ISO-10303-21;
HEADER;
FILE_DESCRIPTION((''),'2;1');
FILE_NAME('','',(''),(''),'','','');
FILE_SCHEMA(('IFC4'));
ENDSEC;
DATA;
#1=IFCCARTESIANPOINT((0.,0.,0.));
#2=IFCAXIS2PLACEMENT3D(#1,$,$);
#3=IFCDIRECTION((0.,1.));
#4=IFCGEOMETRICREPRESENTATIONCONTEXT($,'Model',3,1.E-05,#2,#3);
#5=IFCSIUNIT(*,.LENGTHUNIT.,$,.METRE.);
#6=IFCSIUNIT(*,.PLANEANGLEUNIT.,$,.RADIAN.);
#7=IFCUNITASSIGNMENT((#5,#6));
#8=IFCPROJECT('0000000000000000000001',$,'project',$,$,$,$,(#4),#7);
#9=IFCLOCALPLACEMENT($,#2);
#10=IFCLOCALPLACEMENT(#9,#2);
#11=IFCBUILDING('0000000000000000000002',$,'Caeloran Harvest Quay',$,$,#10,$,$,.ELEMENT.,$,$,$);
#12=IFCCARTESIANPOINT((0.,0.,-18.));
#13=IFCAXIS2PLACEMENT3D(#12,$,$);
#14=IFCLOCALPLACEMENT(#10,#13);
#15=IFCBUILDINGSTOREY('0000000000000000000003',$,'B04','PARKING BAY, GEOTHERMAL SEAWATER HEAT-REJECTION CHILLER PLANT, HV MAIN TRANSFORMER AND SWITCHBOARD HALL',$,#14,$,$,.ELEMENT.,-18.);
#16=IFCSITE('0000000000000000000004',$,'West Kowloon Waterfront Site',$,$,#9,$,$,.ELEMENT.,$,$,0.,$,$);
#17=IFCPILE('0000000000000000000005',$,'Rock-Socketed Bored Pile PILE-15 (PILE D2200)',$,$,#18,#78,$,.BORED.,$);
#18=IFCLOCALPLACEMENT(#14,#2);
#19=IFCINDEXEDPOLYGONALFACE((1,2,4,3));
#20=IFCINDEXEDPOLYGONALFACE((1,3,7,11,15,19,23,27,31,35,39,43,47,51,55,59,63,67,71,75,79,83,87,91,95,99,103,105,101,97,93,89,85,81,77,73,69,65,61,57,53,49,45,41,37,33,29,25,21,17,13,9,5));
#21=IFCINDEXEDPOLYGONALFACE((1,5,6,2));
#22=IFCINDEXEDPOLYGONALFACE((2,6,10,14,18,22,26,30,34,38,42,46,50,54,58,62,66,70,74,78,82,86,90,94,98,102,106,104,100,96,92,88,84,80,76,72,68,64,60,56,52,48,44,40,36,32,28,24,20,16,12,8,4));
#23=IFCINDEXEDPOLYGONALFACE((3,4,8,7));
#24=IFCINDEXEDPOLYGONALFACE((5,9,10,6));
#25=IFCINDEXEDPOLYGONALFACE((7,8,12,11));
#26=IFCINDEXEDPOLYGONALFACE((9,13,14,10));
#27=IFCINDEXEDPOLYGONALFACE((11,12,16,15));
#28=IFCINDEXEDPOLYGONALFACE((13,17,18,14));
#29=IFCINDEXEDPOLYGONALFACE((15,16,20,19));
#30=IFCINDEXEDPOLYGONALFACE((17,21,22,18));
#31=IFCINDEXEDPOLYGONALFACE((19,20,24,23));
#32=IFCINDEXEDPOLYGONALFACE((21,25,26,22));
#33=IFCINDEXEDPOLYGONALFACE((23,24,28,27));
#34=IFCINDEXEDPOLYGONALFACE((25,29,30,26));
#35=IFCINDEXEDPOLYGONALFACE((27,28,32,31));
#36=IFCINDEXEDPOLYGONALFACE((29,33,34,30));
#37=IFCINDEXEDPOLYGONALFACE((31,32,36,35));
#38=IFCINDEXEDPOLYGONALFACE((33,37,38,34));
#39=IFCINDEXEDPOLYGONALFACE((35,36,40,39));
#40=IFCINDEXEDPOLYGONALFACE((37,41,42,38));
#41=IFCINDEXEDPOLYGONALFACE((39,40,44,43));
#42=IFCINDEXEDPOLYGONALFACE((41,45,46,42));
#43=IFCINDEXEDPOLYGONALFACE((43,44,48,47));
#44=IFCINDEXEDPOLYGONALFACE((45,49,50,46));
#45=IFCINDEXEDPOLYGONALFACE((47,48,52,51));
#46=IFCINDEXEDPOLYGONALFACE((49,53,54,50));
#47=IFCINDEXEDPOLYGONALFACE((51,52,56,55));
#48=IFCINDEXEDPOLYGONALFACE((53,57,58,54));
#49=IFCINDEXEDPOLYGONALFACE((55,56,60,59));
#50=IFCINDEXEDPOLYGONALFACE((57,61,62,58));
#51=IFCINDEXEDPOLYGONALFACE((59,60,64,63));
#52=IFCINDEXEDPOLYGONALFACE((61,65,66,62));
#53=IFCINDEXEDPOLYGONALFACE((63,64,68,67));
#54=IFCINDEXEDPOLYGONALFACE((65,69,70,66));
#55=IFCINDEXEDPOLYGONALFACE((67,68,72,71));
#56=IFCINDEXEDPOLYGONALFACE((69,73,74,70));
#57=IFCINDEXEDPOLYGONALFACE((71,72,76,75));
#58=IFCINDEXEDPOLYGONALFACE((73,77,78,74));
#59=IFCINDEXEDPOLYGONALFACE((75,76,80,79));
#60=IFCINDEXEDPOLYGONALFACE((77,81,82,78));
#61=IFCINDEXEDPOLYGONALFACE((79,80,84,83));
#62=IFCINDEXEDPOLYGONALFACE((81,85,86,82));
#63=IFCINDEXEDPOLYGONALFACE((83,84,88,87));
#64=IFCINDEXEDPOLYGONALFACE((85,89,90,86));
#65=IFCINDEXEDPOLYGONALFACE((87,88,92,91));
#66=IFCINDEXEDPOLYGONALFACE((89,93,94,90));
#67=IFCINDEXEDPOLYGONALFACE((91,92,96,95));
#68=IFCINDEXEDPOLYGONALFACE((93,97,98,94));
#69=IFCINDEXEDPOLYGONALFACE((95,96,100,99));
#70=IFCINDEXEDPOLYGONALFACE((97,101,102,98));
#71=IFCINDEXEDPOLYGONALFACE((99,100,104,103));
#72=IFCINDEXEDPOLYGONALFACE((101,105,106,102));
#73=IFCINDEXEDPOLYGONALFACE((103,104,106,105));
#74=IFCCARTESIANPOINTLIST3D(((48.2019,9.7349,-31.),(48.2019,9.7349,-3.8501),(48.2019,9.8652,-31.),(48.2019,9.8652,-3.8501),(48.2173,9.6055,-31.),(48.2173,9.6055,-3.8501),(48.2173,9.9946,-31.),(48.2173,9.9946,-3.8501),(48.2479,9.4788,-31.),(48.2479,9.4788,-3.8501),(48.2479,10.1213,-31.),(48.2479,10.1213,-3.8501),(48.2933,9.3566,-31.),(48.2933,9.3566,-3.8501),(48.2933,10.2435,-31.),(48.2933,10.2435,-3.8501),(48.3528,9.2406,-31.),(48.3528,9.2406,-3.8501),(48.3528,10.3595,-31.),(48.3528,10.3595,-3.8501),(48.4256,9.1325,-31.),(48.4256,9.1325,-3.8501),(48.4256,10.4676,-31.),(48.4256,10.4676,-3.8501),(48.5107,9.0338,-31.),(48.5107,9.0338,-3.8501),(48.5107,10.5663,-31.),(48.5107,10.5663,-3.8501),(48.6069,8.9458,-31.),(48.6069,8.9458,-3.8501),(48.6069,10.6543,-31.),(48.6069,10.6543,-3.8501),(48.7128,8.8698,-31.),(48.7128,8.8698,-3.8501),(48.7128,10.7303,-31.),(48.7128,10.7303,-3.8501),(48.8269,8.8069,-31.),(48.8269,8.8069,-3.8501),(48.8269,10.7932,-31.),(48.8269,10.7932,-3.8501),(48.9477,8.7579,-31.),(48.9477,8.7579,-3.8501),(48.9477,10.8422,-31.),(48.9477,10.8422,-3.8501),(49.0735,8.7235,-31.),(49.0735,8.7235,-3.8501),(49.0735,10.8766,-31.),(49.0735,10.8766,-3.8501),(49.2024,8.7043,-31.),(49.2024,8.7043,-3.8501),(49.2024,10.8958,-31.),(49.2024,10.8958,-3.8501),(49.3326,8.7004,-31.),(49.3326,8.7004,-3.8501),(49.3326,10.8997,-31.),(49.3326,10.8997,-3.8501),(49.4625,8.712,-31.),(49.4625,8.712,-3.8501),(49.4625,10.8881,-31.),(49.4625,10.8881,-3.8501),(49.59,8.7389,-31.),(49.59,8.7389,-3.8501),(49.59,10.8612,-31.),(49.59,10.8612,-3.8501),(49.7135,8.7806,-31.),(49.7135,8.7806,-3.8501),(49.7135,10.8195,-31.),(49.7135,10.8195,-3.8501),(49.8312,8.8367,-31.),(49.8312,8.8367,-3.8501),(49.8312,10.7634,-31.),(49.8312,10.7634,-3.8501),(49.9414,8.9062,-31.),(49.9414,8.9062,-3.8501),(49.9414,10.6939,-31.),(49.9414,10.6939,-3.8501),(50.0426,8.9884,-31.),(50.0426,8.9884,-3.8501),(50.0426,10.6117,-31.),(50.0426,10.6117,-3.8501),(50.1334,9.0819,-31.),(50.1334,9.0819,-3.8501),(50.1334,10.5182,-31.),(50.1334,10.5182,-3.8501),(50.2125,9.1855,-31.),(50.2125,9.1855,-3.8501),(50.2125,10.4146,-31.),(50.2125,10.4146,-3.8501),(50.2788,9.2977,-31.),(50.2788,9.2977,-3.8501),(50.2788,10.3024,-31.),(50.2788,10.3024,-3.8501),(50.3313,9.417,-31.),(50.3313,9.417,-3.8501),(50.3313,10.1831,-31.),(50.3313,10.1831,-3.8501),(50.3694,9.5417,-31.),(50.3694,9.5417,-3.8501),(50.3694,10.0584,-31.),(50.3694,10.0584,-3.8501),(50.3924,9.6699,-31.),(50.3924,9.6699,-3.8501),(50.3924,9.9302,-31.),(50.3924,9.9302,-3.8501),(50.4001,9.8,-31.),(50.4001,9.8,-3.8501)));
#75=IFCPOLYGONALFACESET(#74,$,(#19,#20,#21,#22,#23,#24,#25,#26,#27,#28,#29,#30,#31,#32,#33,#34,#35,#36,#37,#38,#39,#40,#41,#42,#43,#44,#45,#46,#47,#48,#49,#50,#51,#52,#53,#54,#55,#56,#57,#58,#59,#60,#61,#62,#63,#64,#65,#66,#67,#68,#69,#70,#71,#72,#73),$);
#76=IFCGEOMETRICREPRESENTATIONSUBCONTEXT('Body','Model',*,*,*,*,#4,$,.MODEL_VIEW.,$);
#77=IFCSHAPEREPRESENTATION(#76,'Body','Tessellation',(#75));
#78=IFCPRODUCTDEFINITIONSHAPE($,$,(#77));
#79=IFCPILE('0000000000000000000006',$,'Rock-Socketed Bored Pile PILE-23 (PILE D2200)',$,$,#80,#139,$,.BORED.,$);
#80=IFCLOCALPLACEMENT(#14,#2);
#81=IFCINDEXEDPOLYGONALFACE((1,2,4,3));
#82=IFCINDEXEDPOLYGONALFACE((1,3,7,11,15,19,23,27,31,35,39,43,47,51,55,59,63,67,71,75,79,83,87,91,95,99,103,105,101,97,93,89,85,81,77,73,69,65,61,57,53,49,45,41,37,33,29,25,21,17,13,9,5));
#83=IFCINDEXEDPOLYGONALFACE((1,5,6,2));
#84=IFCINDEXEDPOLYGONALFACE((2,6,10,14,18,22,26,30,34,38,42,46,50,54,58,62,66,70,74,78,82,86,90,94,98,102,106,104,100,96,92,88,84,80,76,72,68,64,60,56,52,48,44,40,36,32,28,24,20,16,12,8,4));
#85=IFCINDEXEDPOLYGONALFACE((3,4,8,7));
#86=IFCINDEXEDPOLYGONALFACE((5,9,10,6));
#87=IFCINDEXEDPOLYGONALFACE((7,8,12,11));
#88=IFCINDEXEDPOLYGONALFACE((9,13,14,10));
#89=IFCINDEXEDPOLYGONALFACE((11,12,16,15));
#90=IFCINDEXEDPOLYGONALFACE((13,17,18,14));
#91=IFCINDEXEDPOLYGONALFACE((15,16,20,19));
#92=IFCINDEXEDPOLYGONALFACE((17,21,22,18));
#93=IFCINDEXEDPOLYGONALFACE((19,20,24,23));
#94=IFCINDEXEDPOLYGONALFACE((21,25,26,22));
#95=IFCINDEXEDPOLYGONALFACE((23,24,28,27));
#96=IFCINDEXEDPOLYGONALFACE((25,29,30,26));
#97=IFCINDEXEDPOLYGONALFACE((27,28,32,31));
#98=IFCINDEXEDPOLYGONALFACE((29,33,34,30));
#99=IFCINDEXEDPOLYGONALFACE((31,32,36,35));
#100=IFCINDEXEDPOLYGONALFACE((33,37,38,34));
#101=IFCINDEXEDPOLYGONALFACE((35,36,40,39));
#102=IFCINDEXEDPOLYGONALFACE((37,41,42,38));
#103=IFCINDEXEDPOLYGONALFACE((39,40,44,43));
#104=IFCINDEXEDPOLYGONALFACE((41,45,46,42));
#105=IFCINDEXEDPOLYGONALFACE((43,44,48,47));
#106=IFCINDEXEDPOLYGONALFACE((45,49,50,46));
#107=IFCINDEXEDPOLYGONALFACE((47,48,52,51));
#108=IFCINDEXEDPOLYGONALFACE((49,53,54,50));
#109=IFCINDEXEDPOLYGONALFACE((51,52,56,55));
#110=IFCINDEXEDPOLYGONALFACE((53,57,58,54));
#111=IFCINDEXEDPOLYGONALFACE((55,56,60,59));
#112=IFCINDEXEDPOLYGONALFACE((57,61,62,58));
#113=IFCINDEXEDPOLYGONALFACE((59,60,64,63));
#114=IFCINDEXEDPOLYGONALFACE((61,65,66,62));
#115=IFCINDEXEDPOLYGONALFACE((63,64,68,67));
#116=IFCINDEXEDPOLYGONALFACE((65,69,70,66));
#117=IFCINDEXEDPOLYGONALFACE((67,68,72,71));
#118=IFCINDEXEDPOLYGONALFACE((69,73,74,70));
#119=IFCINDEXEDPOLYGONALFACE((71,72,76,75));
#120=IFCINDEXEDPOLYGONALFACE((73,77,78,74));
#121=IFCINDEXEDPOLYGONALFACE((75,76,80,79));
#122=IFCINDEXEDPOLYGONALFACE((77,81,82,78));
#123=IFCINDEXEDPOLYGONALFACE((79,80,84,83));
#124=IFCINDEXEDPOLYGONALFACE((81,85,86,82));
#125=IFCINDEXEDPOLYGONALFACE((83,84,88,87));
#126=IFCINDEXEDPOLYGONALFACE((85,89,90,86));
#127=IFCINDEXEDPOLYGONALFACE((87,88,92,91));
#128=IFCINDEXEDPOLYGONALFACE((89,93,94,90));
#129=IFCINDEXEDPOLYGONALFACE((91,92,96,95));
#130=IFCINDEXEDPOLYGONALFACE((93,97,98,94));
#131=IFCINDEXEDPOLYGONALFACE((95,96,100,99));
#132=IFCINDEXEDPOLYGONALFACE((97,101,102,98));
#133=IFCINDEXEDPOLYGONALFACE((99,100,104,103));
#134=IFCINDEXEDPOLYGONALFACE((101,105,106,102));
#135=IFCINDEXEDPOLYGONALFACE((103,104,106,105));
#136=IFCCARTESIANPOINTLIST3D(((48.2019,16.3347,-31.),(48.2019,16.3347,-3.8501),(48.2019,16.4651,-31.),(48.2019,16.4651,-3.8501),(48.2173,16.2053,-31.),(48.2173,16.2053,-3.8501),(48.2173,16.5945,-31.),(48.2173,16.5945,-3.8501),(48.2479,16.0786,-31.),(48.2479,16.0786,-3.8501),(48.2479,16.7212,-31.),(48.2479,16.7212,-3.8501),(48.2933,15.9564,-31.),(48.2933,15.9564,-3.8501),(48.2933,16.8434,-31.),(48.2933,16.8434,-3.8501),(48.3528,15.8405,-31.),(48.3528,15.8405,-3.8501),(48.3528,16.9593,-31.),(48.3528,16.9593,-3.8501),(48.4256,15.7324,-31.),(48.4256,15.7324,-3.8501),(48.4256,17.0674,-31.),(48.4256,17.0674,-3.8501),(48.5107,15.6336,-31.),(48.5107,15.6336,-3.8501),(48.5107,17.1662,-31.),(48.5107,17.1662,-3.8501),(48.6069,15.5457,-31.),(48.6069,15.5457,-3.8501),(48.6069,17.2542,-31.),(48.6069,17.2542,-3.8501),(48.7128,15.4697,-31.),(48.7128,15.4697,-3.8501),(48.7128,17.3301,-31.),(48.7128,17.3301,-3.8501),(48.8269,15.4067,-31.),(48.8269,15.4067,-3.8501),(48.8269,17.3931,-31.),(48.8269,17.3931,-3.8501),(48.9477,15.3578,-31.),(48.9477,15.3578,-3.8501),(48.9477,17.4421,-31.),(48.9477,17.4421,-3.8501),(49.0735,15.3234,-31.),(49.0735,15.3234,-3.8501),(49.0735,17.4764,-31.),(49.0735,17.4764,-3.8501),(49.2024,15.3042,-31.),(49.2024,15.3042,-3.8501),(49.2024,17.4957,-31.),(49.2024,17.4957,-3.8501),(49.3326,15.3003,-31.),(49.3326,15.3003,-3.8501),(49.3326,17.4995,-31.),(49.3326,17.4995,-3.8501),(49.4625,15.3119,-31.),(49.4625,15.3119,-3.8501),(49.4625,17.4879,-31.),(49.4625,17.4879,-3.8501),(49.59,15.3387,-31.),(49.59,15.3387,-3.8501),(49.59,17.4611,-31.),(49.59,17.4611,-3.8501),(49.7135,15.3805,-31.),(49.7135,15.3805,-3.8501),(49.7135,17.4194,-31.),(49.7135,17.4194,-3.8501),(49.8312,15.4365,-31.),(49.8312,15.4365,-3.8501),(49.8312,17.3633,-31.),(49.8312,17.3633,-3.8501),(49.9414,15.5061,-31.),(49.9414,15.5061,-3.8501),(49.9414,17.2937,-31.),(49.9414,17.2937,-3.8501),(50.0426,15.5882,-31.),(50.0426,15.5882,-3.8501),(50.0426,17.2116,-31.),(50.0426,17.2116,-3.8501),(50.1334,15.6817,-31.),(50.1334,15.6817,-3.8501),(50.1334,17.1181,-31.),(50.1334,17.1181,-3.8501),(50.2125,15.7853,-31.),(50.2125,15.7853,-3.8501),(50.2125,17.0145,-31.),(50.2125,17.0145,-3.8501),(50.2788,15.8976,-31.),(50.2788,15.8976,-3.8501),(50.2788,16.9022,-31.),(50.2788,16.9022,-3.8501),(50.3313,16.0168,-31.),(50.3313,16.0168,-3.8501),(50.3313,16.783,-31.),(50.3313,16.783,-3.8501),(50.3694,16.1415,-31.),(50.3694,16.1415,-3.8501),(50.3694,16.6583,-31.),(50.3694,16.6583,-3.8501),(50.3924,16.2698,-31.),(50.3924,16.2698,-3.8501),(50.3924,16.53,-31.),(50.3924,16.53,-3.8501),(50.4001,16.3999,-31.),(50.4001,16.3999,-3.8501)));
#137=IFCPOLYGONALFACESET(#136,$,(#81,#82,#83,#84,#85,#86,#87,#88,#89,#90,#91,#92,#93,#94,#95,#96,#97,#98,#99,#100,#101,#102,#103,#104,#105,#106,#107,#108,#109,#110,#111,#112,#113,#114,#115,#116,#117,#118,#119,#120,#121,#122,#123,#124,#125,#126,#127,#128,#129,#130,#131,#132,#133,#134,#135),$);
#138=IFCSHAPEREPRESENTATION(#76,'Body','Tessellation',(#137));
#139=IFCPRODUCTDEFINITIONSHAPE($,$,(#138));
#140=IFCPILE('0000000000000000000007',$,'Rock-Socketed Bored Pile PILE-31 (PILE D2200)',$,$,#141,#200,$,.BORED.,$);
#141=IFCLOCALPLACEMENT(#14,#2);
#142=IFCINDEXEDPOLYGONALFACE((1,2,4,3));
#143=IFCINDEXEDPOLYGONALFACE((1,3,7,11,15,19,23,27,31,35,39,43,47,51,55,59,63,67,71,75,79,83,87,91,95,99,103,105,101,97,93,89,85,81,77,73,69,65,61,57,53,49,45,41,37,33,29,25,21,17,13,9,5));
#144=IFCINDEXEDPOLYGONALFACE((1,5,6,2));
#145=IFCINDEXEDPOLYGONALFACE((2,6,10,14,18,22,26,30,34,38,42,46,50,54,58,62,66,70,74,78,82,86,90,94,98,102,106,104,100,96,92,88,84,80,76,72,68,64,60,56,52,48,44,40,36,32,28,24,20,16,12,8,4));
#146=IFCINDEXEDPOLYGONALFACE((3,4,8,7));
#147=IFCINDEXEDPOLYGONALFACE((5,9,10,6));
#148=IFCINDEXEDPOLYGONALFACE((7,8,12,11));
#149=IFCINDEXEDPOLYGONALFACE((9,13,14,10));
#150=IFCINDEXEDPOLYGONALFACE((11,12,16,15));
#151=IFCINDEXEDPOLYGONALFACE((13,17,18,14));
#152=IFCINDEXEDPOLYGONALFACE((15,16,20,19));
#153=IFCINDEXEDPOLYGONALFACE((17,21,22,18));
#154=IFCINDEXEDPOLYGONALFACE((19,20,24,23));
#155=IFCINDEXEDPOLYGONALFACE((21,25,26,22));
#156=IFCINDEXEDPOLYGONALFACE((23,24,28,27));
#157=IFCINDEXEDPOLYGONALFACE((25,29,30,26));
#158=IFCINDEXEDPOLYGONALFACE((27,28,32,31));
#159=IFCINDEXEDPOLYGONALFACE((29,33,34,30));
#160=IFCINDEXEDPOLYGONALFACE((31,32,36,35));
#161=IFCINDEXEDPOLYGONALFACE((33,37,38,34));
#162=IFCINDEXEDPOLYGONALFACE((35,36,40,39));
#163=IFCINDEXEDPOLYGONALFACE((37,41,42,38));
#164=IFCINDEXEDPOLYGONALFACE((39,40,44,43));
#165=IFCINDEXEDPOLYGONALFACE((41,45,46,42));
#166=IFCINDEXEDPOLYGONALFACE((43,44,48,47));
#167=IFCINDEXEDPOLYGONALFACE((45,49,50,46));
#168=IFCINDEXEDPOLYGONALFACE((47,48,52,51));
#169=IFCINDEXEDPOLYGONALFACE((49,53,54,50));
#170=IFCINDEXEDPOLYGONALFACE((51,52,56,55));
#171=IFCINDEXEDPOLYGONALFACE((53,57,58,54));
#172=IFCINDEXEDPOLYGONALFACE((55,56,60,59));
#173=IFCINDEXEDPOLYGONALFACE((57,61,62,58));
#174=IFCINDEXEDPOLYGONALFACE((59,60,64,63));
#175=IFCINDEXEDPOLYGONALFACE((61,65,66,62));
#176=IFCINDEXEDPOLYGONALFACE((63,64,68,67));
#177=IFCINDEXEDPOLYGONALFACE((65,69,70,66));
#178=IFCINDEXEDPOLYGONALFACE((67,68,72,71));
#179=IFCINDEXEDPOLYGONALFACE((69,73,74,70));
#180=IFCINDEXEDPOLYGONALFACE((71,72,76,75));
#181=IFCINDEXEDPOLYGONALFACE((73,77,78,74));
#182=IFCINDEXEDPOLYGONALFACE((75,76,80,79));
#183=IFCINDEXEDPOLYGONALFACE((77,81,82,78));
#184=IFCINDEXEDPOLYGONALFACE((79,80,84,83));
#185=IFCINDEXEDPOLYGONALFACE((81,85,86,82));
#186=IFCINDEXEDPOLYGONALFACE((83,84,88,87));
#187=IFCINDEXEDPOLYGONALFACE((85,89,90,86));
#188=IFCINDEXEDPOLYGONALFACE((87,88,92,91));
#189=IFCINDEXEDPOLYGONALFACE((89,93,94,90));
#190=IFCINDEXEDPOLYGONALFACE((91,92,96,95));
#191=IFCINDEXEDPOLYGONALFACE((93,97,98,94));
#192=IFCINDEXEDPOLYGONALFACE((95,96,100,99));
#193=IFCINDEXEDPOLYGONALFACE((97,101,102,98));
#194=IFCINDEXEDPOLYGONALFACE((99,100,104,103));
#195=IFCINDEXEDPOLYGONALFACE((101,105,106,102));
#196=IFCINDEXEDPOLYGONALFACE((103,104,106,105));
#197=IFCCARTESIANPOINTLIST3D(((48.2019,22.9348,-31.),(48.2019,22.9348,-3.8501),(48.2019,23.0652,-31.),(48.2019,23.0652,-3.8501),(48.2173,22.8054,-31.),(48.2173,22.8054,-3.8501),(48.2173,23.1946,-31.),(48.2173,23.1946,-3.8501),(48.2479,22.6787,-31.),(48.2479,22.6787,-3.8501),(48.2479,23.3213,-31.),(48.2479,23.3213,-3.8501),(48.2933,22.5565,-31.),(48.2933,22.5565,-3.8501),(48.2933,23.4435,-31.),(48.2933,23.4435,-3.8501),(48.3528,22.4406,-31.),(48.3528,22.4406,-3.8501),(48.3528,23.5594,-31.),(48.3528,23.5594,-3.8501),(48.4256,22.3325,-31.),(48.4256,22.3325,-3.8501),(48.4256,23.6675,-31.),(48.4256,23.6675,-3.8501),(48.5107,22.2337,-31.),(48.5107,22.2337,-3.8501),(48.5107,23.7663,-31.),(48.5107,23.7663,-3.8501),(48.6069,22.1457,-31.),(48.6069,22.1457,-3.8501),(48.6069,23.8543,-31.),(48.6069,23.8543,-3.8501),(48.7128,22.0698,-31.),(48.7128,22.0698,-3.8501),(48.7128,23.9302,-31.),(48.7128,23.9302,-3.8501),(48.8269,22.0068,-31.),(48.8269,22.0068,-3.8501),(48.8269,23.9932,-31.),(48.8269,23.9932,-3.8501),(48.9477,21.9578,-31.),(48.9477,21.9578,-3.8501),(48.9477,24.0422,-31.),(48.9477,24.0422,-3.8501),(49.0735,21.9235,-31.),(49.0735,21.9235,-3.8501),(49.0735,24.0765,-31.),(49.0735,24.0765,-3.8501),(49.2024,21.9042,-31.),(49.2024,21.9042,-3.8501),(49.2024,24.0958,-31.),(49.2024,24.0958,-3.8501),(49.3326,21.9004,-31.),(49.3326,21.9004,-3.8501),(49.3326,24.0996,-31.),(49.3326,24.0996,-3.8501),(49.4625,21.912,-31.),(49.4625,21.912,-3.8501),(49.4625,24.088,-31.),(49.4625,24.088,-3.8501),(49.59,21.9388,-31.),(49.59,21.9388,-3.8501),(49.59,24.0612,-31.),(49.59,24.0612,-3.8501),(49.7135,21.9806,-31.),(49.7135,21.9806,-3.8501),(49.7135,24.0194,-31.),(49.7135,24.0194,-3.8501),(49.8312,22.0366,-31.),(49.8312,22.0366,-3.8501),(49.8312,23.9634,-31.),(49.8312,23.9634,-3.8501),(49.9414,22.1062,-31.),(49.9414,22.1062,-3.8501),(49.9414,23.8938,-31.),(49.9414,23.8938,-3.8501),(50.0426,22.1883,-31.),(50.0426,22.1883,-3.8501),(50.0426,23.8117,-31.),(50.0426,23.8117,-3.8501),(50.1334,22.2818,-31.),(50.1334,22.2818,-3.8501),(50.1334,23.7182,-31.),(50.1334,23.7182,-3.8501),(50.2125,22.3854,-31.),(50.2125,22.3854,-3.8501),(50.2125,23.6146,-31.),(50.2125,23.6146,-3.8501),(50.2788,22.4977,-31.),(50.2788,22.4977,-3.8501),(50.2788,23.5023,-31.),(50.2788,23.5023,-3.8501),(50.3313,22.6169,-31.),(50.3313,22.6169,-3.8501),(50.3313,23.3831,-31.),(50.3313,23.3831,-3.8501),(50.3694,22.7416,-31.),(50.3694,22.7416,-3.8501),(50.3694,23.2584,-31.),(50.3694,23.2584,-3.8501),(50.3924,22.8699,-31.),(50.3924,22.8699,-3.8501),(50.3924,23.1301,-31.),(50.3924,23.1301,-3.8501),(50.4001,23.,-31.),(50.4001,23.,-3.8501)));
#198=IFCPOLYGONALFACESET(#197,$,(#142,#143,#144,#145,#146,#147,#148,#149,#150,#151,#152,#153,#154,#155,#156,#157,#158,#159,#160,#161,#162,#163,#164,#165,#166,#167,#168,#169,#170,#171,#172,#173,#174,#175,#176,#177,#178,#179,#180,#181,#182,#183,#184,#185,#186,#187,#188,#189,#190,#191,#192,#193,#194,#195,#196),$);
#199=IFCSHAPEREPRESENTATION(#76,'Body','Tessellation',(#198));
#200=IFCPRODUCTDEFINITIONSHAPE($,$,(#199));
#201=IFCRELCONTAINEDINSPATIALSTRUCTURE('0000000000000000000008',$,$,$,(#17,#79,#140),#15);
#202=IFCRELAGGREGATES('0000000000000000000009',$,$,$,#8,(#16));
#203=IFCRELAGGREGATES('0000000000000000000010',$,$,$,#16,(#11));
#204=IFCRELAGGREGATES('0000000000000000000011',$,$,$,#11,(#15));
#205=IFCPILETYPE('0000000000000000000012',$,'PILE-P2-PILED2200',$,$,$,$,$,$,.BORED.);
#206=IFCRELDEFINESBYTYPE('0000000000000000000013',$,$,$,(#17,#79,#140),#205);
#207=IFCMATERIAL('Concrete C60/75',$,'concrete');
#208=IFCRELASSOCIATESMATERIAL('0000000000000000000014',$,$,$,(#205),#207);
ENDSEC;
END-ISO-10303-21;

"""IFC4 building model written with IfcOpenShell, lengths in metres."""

from ifc_helpers import new_model, si_unit, direction, frame, origin, origin_2d, place, context, subcontext, project, spatial, circle, extrude, material, material_profile, profile_set, type_object, element, save


model = new_model("IFC4")

# Units and contexts
model_context = context("Model", 3, precision=1e-05, world=origin(), true_north=direction((0.0, 1.0)))
body_context = subcontext(model_context, "Body", "Model", "MODEL_VIEW")
ifc_project = project(units=[si_unit("LENGTHUNIT", "METRE"), si_unit("PLANEANGLEUNIT", "RADIAN")], contexts=[model_context])

# Site, building, storey
site_placement = place(None, origin())
site = spatial("IfcSite", under=ifc_project, at=site_placement, Name="West Kowloon Waterfront Site", CompositionType="ELEMENT", RefElevation=0.0)
building_placement = place(site_placement, origin())
building = spatial("IfcBuilding", under=site, at=building_placement, Name="Caeloran Harvest Quay", CompositionType="ELEMENT")
storey_placement = place(building_placement, frame((0.0, 0.0, -18.0)))
storey = spatial("IfcBuildingStorey", under=building, at=storey_placement, Name="B04", Description="PARKING BAY, GEOTHERMAL SEAWATER HEAT-REJECTION CHILLER PLANT, HV MAIN TRANSFORMER AND SWITCHBOARD HALL", CompositionType="ELEMENT", Elevation=-18.0)

# Piles
ifc_material_1 = material(Name="Concrete C60/75", Category="concrete")
ifc_material_profile_1 = material_profile(ifc_material_1, circle(Radius=1.1001, at=origin_2d()), Name="PILE D2200")
ifc_profile_set_1 = profile_set([ifc_material_profile_1], Name="Concrete C60/75")
pile_type_1 = type_object("IfcPileType", Name="PILE-P2-PILED2200", PredefinedType="BORED", material=ifc_profile_set_1)
for number, where, z_axis, x_axis, name in (
    (1, (49.3, 9.8, -3.8501), (0.0, 0.0, -1.0), (1.0, 0.0, 0.0), "Rock-Socketed Bored Pile PILE-15 (PILE D2200)"),
    (2, (49.3, 16.3999, -3.8501), (0.0, 0.0, -1.0), (1.0, 0.0, 0.0), "Rock-Socketed Bored Pile PILE-23 (PILE D2200)"),
    (3, (49.3, 23.0, -3.8501), (0.0, 0.0, -1.0), (1.0, 0.0, 0.0), "Rock-Socketed Bored Pile PILE-31 (PILE D2200)"),
):
    element("IfcPile", number, at=place(storey_placement, frame(where, z_axis=z_axis, x_axis=x_axis)), inside=storey, type_object=pile_type_1, Name=name, PredefinedType="BORED", context=body_context, shape_type="SweptSolid", body=[
        extrude(circle(Radius=1.1001, at=origin_2d()), origin(), (0.0, 0.0, 1.0), 27.1499),
    ])

save(model, "model.ifc")
